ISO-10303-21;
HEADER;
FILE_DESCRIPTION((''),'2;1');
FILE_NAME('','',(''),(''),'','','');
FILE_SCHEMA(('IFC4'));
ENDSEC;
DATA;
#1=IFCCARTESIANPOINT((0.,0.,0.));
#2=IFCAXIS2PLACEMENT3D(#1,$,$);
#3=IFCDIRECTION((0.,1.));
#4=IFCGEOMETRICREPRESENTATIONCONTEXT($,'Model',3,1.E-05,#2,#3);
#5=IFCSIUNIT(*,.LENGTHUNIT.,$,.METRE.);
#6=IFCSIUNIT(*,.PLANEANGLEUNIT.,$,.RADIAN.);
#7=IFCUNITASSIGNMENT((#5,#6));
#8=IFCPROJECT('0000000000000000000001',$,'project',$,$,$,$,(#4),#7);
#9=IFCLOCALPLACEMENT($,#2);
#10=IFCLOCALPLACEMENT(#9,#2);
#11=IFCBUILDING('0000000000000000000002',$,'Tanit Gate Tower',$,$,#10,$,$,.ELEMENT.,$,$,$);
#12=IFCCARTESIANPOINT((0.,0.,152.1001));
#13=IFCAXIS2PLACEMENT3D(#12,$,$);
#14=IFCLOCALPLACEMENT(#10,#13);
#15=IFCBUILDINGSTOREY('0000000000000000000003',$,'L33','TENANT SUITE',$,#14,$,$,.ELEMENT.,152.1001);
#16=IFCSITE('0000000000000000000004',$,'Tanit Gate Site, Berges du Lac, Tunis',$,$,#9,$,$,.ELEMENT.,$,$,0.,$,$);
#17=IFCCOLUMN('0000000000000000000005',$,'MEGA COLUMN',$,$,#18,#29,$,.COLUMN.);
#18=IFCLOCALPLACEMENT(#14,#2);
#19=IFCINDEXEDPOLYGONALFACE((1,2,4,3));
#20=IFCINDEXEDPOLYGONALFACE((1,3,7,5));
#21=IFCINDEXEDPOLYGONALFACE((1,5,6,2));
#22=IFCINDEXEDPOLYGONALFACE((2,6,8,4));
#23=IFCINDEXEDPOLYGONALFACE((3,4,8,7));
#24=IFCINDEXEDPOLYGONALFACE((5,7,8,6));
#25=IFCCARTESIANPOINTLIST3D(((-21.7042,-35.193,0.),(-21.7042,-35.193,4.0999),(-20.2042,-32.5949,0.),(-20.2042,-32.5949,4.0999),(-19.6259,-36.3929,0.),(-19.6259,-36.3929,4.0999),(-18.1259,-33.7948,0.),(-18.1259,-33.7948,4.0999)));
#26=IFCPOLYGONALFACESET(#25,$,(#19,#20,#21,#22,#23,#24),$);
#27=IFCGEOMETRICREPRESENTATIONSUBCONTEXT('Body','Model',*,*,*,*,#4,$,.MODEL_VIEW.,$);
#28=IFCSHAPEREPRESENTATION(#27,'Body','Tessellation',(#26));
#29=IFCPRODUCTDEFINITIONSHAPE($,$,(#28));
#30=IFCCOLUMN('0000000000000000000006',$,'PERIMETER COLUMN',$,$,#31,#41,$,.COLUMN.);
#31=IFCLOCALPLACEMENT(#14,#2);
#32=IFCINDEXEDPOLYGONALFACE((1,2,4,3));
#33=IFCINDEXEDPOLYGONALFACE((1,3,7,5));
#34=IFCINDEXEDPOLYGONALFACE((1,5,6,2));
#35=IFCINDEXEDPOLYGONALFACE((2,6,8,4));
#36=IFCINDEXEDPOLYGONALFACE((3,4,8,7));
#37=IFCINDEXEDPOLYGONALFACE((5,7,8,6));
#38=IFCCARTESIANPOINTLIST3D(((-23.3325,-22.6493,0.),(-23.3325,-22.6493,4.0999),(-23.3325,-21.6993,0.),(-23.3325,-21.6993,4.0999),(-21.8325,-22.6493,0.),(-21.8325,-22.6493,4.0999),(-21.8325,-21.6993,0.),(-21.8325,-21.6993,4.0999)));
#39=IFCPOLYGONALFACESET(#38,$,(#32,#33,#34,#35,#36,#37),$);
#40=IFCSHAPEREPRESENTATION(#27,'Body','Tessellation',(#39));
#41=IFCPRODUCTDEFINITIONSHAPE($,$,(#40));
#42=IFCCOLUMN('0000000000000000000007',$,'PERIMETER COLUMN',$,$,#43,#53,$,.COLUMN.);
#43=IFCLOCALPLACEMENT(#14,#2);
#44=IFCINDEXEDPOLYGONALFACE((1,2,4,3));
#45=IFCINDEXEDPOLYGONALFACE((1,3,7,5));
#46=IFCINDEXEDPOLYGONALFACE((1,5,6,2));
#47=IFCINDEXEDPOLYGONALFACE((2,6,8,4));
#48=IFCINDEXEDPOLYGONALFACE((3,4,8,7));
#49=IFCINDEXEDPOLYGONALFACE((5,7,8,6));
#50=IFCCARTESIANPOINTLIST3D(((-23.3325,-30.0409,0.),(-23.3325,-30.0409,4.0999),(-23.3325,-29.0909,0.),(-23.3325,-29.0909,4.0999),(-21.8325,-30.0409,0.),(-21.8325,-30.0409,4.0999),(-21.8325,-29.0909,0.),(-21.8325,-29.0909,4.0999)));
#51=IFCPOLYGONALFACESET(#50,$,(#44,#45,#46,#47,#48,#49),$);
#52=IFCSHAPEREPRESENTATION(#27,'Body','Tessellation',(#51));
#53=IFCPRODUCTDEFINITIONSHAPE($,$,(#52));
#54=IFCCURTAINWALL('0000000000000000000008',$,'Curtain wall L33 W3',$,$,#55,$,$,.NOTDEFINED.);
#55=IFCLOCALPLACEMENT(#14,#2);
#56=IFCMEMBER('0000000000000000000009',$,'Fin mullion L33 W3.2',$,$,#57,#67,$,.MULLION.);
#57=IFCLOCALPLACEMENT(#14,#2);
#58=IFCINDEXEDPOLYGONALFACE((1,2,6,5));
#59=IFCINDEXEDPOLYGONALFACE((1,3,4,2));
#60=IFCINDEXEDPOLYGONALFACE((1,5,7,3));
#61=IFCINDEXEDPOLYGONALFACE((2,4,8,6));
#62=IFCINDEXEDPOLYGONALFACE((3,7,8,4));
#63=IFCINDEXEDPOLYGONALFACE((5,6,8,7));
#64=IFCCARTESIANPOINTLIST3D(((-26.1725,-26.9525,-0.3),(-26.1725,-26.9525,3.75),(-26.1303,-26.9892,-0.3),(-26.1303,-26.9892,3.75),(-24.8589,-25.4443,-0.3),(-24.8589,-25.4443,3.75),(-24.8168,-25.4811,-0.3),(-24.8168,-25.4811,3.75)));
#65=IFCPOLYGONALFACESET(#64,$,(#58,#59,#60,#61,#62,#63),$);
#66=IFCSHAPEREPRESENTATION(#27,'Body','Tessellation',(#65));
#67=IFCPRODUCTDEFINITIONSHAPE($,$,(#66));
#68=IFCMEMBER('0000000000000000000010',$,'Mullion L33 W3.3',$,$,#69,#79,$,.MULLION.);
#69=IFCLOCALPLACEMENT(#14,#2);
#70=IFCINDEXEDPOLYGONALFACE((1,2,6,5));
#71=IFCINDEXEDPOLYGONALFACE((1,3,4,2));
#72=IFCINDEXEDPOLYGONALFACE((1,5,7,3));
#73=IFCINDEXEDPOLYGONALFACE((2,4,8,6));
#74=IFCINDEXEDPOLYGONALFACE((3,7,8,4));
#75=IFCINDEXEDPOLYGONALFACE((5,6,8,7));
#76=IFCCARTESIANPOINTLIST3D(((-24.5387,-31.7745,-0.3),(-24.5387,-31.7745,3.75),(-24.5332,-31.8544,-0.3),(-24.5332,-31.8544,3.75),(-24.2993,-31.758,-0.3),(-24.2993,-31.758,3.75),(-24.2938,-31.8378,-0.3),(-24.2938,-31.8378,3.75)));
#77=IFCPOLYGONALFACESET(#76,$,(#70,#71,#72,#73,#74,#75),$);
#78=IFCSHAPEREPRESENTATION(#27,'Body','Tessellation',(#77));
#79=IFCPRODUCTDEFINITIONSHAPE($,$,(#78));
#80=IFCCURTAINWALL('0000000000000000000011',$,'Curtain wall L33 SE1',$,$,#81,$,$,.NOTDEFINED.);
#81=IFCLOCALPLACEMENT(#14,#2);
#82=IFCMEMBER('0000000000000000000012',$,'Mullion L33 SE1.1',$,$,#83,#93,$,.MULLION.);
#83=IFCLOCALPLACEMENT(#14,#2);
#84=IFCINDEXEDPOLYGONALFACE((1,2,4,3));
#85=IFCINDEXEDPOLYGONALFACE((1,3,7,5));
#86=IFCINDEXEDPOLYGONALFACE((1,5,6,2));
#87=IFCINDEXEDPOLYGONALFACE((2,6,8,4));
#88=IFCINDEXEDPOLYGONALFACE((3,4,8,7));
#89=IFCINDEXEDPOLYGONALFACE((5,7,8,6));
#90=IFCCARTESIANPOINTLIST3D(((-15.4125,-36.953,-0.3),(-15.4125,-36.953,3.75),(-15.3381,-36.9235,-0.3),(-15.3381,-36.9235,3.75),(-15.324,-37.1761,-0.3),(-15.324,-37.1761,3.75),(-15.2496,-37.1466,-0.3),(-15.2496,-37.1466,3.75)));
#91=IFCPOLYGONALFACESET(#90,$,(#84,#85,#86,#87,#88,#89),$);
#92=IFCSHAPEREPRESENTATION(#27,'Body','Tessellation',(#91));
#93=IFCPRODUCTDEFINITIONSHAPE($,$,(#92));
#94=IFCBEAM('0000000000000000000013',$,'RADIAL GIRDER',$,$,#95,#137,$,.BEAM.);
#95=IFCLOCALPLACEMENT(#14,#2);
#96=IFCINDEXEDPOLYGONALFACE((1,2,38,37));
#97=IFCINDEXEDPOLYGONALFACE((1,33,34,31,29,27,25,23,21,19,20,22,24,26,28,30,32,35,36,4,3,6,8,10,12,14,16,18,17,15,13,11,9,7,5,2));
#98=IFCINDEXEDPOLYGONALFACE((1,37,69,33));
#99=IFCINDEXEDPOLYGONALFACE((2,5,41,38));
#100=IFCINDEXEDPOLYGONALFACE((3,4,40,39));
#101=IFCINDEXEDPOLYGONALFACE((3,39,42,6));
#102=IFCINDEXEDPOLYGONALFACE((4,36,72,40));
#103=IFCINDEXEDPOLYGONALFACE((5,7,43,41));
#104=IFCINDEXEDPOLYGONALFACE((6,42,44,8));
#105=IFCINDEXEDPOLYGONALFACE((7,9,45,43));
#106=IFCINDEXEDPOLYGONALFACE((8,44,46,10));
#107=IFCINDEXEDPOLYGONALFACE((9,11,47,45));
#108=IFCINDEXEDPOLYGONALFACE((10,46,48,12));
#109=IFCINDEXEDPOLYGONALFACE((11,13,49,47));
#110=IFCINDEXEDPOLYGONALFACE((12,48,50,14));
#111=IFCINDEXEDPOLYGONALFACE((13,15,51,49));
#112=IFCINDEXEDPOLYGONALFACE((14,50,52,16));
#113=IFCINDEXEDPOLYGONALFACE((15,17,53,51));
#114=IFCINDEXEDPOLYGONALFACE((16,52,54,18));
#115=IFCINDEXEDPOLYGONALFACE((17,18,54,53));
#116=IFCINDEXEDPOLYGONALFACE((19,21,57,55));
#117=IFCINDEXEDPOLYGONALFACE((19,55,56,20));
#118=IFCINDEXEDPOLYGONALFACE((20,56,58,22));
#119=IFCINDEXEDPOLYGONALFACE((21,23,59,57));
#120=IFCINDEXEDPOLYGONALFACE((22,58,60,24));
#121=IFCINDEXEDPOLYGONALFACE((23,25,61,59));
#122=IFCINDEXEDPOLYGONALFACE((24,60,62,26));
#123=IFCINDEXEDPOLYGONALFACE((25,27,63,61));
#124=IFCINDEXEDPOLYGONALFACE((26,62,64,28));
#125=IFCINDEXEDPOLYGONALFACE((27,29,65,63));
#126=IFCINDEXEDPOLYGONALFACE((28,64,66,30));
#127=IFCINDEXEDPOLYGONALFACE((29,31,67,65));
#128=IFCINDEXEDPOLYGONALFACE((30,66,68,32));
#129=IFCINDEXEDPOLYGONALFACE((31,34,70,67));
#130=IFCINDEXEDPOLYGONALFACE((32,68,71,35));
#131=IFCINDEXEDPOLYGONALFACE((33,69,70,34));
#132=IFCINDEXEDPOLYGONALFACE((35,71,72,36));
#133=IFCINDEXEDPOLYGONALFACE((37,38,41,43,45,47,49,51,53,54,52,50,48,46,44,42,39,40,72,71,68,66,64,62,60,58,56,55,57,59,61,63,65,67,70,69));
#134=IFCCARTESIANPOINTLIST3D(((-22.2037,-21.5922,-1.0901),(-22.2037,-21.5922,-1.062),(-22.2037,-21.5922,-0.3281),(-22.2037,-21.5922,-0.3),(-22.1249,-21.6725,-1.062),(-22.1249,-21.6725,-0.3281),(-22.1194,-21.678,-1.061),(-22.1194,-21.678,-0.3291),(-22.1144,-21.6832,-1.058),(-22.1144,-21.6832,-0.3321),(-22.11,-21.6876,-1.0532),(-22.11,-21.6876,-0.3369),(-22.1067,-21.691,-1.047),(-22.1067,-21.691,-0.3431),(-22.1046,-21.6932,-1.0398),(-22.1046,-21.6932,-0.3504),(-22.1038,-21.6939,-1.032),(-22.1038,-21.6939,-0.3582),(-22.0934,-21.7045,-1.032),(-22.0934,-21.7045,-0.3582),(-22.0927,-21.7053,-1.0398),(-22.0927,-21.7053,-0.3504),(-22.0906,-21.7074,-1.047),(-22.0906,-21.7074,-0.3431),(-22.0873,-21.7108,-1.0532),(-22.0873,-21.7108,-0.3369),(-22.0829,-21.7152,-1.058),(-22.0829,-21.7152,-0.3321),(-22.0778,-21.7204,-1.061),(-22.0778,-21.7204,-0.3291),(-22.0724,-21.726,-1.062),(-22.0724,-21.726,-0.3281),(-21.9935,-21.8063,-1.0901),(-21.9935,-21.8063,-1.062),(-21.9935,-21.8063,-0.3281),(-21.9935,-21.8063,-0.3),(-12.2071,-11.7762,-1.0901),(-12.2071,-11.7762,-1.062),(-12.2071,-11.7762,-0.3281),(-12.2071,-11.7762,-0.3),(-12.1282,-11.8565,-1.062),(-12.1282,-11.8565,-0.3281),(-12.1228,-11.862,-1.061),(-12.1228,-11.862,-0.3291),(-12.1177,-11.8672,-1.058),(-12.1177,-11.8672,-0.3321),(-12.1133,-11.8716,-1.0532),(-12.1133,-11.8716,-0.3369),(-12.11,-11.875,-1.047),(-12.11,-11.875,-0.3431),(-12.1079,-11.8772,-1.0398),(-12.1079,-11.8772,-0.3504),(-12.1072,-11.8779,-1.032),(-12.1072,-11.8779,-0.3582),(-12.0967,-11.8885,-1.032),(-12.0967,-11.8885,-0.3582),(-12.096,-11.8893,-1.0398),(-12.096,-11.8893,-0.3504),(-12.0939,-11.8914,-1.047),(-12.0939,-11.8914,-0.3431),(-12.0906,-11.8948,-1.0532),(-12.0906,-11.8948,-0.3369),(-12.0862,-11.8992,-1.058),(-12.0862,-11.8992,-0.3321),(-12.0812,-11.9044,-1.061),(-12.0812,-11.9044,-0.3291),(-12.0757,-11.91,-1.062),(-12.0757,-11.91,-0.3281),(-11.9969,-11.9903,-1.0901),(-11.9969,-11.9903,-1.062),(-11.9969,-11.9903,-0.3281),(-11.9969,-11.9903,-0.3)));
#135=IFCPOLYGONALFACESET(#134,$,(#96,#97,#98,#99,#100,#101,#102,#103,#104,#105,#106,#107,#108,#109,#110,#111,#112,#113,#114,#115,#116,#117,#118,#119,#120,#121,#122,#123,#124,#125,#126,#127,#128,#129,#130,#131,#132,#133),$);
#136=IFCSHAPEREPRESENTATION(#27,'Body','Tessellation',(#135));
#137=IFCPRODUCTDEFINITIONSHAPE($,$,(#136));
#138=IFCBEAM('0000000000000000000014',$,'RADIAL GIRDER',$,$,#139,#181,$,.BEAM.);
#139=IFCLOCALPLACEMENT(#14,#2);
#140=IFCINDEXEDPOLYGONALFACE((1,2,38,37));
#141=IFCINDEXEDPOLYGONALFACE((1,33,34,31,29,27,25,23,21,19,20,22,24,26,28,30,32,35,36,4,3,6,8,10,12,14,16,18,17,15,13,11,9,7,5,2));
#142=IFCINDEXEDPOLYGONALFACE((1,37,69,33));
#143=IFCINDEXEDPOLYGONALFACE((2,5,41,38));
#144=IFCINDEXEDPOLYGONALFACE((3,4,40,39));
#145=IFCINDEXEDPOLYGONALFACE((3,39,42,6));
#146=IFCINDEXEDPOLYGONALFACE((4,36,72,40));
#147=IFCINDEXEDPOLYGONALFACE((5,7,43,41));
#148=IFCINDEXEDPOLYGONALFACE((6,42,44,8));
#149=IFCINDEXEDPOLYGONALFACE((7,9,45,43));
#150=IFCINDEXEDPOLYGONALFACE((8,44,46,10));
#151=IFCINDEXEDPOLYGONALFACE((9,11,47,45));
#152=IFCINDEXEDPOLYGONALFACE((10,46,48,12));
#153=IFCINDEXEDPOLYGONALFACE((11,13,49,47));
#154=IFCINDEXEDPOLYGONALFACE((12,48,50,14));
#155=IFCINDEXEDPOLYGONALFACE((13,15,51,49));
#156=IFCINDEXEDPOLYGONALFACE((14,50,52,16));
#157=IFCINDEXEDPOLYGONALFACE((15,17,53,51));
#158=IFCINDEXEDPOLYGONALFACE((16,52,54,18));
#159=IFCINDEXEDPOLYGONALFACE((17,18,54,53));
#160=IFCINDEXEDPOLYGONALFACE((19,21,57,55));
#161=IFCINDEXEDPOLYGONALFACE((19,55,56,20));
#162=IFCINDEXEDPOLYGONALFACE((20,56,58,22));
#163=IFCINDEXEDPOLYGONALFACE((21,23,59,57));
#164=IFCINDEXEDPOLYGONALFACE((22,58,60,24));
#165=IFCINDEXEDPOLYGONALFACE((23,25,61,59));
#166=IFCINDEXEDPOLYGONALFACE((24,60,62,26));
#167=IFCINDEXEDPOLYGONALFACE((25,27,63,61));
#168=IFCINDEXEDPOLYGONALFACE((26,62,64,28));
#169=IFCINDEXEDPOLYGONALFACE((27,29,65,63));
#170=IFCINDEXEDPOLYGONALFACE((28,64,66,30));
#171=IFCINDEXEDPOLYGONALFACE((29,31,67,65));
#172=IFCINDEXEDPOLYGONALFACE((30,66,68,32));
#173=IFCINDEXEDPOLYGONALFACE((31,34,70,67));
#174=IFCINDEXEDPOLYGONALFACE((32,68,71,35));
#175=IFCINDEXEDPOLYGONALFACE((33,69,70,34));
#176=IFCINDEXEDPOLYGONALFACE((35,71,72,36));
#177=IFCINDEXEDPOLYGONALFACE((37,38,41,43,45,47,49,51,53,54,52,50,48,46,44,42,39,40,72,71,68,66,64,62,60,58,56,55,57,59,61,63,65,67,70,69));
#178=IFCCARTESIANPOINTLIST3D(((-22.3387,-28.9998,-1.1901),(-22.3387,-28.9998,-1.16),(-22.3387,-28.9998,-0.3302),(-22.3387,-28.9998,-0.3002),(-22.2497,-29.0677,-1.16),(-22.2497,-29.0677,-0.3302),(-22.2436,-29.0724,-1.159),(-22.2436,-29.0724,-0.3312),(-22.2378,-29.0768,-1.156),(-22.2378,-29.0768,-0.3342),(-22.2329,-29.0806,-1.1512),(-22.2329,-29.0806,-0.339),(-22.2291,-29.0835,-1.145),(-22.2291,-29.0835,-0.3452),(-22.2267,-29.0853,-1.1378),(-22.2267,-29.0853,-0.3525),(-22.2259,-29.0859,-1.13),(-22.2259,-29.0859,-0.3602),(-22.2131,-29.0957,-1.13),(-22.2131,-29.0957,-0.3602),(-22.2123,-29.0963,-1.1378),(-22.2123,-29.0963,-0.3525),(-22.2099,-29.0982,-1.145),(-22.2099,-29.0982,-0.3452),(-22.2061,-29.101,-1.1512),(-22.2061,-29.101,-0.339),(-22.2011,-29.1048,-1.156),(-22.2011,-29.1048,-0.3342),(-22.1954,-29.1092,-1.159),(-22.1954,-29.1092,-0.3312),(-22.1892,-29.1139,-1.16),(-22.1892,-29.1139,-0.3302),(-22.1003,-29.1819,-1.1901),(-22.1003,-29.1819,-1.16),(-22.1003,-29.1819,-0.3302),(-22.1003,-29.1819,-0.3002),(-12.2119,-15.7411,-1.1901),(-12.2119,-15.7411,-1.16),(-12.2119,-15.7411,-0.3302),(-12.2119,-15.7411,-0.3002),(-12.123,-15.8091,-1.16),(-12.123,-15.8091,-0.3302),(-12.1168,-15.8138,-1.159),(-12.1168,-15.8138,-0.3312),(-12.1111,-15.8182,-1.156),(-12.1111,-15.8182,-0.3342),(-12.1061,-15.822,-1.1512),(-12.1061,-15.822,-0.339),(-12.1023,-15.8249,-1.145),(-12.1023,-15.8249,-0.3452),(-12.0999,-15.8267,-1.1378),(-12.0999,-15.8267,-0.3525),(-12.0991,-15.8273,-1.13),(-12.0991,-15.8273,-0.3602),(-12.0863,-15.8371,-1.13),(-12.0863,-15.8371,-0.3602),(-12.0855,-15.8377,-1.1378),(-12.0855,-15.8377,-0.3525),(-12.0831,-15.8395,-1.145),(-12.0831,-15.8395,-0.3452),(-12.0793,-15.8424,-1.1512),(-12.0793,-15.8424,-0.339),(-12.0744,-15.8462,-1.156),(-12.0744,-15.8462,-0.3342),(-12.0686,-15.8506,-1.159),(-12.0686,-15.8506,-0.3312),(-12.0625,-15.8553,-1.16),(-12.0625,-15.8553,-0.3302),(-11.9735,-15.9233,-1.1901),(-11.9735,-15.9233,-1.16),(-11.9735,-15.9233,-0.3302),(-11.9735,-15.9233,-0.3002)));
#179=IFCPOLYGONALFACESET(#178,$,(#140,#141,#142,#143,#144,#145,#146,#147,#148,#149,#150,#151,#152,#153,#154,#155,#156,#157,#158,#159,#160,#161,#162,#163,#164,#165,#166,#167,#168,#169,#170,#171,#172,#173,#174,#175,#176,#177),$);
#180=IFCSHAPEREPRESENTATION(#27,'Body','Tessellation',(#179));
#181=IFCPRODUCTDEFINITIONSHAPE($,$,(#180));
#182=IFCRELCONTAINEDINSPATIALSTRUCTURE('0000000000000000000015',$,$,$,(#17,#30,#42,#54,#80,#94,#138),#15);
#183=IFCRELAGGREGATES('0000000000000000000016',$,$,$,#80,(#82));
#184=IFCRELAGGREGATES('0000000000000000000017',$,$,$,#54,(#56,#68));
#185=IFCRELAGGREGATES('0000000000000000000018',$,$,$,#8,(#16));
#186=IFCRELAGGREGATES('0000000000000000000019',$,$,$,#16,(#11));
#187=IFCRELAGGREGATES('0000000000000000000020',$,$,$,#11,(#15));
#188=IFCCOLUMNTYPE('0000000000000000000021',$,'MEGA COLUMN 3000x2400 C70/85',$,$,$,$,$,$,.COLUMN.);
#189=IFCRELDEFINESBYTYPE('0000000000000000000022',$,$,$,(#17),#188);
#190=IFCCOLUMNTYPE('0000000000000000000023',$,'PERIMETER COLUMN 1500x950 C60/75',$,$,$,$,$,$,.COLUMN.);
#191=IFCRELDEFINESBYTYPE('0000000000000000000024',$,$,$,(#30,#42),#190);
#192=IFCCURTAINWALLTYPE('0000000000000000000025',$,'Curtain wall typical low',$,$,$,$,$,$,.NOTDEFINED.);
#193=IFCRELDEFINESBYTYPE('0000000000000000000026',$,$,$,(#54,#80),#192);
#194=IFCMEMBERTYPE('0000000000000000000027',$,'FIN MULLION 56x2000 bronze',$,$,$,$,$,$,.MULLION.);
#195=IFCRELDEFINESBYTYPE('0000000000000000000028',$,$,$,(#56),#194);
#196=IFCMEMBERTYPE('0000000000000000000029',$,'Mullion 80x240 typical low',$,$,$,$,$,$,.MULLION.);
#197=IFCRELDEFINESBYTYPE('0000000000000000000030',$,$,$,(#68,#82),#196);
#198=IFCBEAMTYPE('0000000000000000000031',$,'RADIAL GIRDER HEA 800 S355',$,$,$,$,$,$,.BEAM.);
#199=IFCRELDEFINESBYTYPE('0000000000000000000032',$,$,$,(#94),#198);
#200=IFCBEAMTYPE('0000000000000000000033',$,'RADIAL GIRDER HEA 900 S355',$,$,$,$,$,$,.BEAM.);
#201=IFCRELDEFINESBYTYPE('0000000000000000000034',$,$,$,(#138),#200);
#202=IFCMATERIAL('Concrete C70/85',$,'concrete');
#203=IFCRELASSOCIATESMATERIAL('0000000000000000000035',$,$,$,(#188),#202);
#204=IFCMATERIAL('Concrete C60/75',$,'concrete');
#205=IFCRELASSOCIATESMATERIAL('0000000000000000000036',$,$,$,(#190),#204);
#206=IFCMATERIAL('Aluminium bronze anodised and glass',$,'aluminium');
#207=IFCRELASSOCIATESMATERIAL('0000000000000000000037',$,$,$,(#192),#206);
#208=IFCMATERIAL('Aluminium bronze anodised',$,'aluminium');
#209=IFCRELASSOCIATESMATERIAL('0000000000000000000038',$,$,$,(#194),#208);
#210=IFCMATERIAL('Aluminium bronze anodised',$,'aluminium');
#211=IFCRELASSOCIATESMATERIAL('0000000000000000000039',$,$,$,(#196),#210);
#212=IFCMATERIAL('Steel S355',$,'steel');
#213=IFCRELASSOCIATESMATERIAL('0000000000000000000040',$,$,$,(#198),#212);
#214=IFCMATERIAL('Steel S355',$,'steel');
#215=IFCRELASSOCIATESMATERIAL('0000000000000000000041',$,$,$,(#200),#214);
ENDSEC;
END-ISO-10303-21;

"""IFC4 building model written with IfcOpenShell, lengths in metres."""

from ifc_helpers import new_model, si_unit, direction, frame, origin, origin_2d, place, context, subcontext, project, spatial, rectangle, i_section, extrude, material, material_profile, profile_set, type_object, element, aggregate, save


model = new_model("IFC4")

# Units and contexts
model_context = context("Model", 3, precision=1e-05, world=origin(), true_north=direction((0.0, 1.0)))
body_context = subcontext(model_context, "Body", "Model", "MODEL_VIEW")
ifc_project = project(units=[si_unit("LENGTHUNIT", "METRE"), si_unit("PLANEANGLEUNIT", "RADIAN")], contexts=[model_context])

# Site, building, storey
site_placement = place(None, origin())
site = spatial("IfcSite", under=ifc_project, at=site_placement, Name="Tanit Gate Site, Berges du Lac, Tunis", CompositionType="ELEMENT", RefElevation=0.0)
building_placement = place(site_placement, origin())
building = spatial("IfcBuilding", under=site, at=building_placement, Name="Tanit Gate Tower", CompositionType="ELEMENT")
storey_placement = place(building_placement, frame((0.0, 0.0, 152.1001)))
storey = spatial("IfcBuildingStorey", under=building, at=storey_placement, Name="L33", Description="TENANT SUITE", CompositionType="ELEMENT", Elevation=152.1001)

# Columns
ifc_material_1 = material(Name="Concrete C70/85", Category="concrete")
ifc_material_profile_1 = material_profile(ifc_material_1, rectangle(XDim=3.0, YDim=2.3999, at=origin_2d()), Name="RC 3000x2400")
ifc_profile_set_1 = profile_set([ifc_material_profile_1], Name="Concrete C70/85")
column_type_1 = type_object("IfcColumnType", Name="MEGA COLUMN 3000x2400 C70/85", PredefinedType="COLUMN", material=ifc_profile_set_1)
column_placement = place(storey_placement, frame((-19.915, -34.4939, 0.0), z_axis=(0.0, 0.0, 1.0), x_axis=(-0.5, -0.866025, 0.0)))
element("IfcColumn", 1, at=column_placement, inside=storey, type_object=column_type_1, Name="MEGA COLUMN", PredefinedType="COLUMN", context=body_context, shape_type="SweptSolid", body=[
    extrude(rectangle(XDim=3.0, YDim=2.3999, at=origin_2d()), origin(), (0.0, 0.0, 1.0), 4.0999),
])
ifc_material_2 = material(Name="Concrete C60/75", Category="concrete")
ifc_material_profile_2 = material_profile(ifc_material_2, rectangle(XDim=1.5, YDim=0.95, at=origin_2d()), Name="RC 1500x950")
ifc_profile_set_2 = profile_set([ifc_material_profile_2], Name="Concrete C60/75")
column_type_2 = type_object("IfcColumnType", Name="PERIMETER COLUMN 1500x950 C60/75", PredefinedType="COLUMN", material=ifc_profile_set_2)
for number, where, z_axis, x_axis, name in (
    (2, (-22.5825, -22.1743, 0.0), (0.0, 0.0, 1.0), (-1.0, 0.0, 0.0), "PERIMETER COLUMN"),
    (3, (-22.5825, -29.5659, 0.0), (0.0, 0.0, 1.0), (-1.0, 0.0, 0.0), "PERIMETER COLUMN"),
):
    element("IfcColumn", number, at=place(storey_placement, frame(where, z_axis=z_axis, x_axis=x_axis)), inside=storey, type_object=column_type_2, Name=name, PredefinedType="COLUMN", context=body_context, shape_type="SweptSolid", body=[
        extrude(rectangle(XDim=1.5, YDim=0.95, at=origin_2d()), origin(), (0.0, 0.0, 1.0), 4.0999),
    ])

# Curtain wall, members
ifc_material_3 = material(Name="Aluminium bronze anodised and glass", Category="aluminium")
curtain_wall_type = type_object("IfcCurtainWallType", Name="Curtain wall typical low", PredefinedType="NOTDEFINED", material=ifc_material_3)
curtain_wall_1_placement = place(storey_placement, origin())
curtain_wall_1 = element("IfcCurtainWall", 4, at=curtain_wall_1_placement, inside=storey, type_object=curtain_wall_type, Name="Curtain wall L33 W3", PredefinedType="NOTDEFINED")
ifc_material_4 = material(Name="Aluminium bronze anodised", Category="aluminium")
ifc_material_profile_3 = material_profile(ifc_material_4, rectangle(XDim=2.0, YDim=0.0559, at=origin_2d()), Name="56x2000 bronze fin mullion")
ifc_profile_set_3 = profile_set([ifc_material_profile_3], Name="Aluminium bronze anodised")
member_type_1 = type_object("IfcMemberType", Name="FIN MULLION 56x2000 bronze", PredefinedType="MULLION", material=ifc_profile_set_3)
member_1_placement = place(storey_placement, frame((-25.4946, -26.2168, -0.3), z_axis=(0.0, 0.0, 1.0), x_axis=(0.656773, 0.754088, 0.0)))
member_1 = element("IfcMember", 5, at=member_1_placement, type_object=member_type_1, Name="Fin mullion L33 W3.2", PredefinedType="MULLION", context=body_context, shape_type="SweptSolid", body=[
    extrude(rectangle(XDim=2.0, YDim=0.0559, at=origin_2d()), origin(), (0.0, 0.0, 1.0), 4.05),
])
ifc_material_5 = material(Name="Aluminium bronze anodised", Category="aluminium")
ifc_material_profile_4 = material_profile(ifc_material_5, rectangle(XDim=0.24, YDim=0.0801, at=origin_2d()), Name="80x240 bronze mullion")
ifc_profile_set_4 = profile_set([ifc_material_profile_4], Name="Aluminium bronze anodised")
member_type_2 = type_object("IfcMemberType", Name="Mullion 80x240 typical low", PredefinedType="MULLION", material=ifc_profile_set_4)
member_2_placement = place(storey_placement, frame((-24.4163, -31.8062, -0.3), z_axis=(0.0, 0.0, 1.0), x_axis=(0.99763, 0.068812, 0.0)))
member_2 = element("IfcMember", 6, at=member_2_placement, type_object=member_type_2, Name="Mullion L33 W3.3", PredefinedType="MULLION", context=body_context, shape_type="SweptSolid", body=[
    extrude(rectangle(XDim=0.24, YDim=0.0801, at=origin_2d()), origin(), (0.0, 0.0, 1.0), 4.05),
])

# Curtain wall, member
curtain_wall_2_placement = place(storey_placement, origin())
curtain_wall_2 = element("IfcCurtainWall", 7, at=curtain_wall_2_placement, inside=storey, type_object=curtain_wall_type, Name="Curtain wall L33 SE1", PredefinedType="NOTDEFINED")
member_3_placement = place(storey_placement, frame((-15.3311, -37.0498, -0.3), z_axis=(0.0, 0.0, 1.0), x_axis=(-0.368938, 0.929454, 0.0)))
member_3 = element("IfcMember", 8, at=member_3_placement, type_object=member_type_2, Name="Mullion L33 SE1.1", PredefinedType="MULLION", context=body_context, shape_type="SweptSolid", body=[
    extrude(rectangle(XDim=0.24, YDim=0.0801, at=origin_2d()), origin(), (0.0, 0.0, 1.0), 4.05),
])

# Beams
ifc_material_6 = material(Name="Steel S355", Category="steel")
ifc_material_profile_5 = material_profile(ifc_material_6, i_section(OverallWidth=0.3, OverallDepth=0.79, WebThickness=0.0149, FlangeThickness=0.0281, FilletRadius=0.03, at=origin_2d()), Name="HEA 800")
ifc_profile_set_5 = profile_set([ifc_material_profile_5], Name="Steel S355")
beam_type_1 = type_object("IfcBeamType", Name="RADIAL GIRDER HEA 800 S355", PredefinedType="BEAM", material=ifc_profile_set_5)
beam_1_placement = place(storey_placement, frame((-22.0986, -21.6992, -0.6951), z_axis=(0.713525, 0.70063, 0.0), x_axis=(-0.70063, 0.713525, 0.0)))
element("IfcBeam", 9, at=beam_1_placement, inside=storey, type_object=beam_type_1, Name="RADIAL GIRDER", PredefinedType="BEAM", context=body_context, shape_type="SweptSolid", body=[
    extrude(i_section(OverallWidth=0.3, OverallDepth=0.79, WebThickness=0.0149, FlangeThickness=0.0281, FilletRadius=0.03, at=origin_2d()), origin(), (0.0, 0.0, 1.0), 14.0103),
])
ifc_material_7 = material(Name="Steel S355", Category="steel")
ifc_material_profile_6 = material_profile(ifc_material_7, i_section(OverallWidth=0.3, OverallDepth=0.8899, WebThickness=0.0161, FlangeThickness=0.03, FilletRadius=0.03, at=origin_2d()), Name="HEA 900")
ifc_profile_set_6 = profile_set([ifc_material_profile_6], Name="Steel S355")
beam_type_2 = type_object("IfcBeamType", Name="RADIAL GIRDER HEA 900 S355", PredefinedType="BEAM", material=ifc_profile_set_6)
beam_2_placement = place(storey_placement, frame((-22.2195, -29.0908, -0.7451), z_axis=(0.606989, 0.79471, 0.0), x_axis=(-0.79471, 0.606989, 0.0)))
element("IfcBeam", 10, at=beam_2_placement, inside=storey, type_object=beam_type_2, Name="RADIAL GIRDER", PredefinedType="BEAM", context=body_context, shape_type="SweptSolid", body=[
    extrude(i_section(OverallWidth=0.3, OverallDepth=0.8899, WebThickness=0.0161, FlangeThickness=0.03, FilletRadius=0.03, at=origin_2d()), origin(), (0.0, 0.0, 1.0), 16.6836),
])

aggregate(curtain_wall_2, [member_3])

aggregate(curtain_wall_1, [member_1, member_2])

save(model, "model.ifc")
